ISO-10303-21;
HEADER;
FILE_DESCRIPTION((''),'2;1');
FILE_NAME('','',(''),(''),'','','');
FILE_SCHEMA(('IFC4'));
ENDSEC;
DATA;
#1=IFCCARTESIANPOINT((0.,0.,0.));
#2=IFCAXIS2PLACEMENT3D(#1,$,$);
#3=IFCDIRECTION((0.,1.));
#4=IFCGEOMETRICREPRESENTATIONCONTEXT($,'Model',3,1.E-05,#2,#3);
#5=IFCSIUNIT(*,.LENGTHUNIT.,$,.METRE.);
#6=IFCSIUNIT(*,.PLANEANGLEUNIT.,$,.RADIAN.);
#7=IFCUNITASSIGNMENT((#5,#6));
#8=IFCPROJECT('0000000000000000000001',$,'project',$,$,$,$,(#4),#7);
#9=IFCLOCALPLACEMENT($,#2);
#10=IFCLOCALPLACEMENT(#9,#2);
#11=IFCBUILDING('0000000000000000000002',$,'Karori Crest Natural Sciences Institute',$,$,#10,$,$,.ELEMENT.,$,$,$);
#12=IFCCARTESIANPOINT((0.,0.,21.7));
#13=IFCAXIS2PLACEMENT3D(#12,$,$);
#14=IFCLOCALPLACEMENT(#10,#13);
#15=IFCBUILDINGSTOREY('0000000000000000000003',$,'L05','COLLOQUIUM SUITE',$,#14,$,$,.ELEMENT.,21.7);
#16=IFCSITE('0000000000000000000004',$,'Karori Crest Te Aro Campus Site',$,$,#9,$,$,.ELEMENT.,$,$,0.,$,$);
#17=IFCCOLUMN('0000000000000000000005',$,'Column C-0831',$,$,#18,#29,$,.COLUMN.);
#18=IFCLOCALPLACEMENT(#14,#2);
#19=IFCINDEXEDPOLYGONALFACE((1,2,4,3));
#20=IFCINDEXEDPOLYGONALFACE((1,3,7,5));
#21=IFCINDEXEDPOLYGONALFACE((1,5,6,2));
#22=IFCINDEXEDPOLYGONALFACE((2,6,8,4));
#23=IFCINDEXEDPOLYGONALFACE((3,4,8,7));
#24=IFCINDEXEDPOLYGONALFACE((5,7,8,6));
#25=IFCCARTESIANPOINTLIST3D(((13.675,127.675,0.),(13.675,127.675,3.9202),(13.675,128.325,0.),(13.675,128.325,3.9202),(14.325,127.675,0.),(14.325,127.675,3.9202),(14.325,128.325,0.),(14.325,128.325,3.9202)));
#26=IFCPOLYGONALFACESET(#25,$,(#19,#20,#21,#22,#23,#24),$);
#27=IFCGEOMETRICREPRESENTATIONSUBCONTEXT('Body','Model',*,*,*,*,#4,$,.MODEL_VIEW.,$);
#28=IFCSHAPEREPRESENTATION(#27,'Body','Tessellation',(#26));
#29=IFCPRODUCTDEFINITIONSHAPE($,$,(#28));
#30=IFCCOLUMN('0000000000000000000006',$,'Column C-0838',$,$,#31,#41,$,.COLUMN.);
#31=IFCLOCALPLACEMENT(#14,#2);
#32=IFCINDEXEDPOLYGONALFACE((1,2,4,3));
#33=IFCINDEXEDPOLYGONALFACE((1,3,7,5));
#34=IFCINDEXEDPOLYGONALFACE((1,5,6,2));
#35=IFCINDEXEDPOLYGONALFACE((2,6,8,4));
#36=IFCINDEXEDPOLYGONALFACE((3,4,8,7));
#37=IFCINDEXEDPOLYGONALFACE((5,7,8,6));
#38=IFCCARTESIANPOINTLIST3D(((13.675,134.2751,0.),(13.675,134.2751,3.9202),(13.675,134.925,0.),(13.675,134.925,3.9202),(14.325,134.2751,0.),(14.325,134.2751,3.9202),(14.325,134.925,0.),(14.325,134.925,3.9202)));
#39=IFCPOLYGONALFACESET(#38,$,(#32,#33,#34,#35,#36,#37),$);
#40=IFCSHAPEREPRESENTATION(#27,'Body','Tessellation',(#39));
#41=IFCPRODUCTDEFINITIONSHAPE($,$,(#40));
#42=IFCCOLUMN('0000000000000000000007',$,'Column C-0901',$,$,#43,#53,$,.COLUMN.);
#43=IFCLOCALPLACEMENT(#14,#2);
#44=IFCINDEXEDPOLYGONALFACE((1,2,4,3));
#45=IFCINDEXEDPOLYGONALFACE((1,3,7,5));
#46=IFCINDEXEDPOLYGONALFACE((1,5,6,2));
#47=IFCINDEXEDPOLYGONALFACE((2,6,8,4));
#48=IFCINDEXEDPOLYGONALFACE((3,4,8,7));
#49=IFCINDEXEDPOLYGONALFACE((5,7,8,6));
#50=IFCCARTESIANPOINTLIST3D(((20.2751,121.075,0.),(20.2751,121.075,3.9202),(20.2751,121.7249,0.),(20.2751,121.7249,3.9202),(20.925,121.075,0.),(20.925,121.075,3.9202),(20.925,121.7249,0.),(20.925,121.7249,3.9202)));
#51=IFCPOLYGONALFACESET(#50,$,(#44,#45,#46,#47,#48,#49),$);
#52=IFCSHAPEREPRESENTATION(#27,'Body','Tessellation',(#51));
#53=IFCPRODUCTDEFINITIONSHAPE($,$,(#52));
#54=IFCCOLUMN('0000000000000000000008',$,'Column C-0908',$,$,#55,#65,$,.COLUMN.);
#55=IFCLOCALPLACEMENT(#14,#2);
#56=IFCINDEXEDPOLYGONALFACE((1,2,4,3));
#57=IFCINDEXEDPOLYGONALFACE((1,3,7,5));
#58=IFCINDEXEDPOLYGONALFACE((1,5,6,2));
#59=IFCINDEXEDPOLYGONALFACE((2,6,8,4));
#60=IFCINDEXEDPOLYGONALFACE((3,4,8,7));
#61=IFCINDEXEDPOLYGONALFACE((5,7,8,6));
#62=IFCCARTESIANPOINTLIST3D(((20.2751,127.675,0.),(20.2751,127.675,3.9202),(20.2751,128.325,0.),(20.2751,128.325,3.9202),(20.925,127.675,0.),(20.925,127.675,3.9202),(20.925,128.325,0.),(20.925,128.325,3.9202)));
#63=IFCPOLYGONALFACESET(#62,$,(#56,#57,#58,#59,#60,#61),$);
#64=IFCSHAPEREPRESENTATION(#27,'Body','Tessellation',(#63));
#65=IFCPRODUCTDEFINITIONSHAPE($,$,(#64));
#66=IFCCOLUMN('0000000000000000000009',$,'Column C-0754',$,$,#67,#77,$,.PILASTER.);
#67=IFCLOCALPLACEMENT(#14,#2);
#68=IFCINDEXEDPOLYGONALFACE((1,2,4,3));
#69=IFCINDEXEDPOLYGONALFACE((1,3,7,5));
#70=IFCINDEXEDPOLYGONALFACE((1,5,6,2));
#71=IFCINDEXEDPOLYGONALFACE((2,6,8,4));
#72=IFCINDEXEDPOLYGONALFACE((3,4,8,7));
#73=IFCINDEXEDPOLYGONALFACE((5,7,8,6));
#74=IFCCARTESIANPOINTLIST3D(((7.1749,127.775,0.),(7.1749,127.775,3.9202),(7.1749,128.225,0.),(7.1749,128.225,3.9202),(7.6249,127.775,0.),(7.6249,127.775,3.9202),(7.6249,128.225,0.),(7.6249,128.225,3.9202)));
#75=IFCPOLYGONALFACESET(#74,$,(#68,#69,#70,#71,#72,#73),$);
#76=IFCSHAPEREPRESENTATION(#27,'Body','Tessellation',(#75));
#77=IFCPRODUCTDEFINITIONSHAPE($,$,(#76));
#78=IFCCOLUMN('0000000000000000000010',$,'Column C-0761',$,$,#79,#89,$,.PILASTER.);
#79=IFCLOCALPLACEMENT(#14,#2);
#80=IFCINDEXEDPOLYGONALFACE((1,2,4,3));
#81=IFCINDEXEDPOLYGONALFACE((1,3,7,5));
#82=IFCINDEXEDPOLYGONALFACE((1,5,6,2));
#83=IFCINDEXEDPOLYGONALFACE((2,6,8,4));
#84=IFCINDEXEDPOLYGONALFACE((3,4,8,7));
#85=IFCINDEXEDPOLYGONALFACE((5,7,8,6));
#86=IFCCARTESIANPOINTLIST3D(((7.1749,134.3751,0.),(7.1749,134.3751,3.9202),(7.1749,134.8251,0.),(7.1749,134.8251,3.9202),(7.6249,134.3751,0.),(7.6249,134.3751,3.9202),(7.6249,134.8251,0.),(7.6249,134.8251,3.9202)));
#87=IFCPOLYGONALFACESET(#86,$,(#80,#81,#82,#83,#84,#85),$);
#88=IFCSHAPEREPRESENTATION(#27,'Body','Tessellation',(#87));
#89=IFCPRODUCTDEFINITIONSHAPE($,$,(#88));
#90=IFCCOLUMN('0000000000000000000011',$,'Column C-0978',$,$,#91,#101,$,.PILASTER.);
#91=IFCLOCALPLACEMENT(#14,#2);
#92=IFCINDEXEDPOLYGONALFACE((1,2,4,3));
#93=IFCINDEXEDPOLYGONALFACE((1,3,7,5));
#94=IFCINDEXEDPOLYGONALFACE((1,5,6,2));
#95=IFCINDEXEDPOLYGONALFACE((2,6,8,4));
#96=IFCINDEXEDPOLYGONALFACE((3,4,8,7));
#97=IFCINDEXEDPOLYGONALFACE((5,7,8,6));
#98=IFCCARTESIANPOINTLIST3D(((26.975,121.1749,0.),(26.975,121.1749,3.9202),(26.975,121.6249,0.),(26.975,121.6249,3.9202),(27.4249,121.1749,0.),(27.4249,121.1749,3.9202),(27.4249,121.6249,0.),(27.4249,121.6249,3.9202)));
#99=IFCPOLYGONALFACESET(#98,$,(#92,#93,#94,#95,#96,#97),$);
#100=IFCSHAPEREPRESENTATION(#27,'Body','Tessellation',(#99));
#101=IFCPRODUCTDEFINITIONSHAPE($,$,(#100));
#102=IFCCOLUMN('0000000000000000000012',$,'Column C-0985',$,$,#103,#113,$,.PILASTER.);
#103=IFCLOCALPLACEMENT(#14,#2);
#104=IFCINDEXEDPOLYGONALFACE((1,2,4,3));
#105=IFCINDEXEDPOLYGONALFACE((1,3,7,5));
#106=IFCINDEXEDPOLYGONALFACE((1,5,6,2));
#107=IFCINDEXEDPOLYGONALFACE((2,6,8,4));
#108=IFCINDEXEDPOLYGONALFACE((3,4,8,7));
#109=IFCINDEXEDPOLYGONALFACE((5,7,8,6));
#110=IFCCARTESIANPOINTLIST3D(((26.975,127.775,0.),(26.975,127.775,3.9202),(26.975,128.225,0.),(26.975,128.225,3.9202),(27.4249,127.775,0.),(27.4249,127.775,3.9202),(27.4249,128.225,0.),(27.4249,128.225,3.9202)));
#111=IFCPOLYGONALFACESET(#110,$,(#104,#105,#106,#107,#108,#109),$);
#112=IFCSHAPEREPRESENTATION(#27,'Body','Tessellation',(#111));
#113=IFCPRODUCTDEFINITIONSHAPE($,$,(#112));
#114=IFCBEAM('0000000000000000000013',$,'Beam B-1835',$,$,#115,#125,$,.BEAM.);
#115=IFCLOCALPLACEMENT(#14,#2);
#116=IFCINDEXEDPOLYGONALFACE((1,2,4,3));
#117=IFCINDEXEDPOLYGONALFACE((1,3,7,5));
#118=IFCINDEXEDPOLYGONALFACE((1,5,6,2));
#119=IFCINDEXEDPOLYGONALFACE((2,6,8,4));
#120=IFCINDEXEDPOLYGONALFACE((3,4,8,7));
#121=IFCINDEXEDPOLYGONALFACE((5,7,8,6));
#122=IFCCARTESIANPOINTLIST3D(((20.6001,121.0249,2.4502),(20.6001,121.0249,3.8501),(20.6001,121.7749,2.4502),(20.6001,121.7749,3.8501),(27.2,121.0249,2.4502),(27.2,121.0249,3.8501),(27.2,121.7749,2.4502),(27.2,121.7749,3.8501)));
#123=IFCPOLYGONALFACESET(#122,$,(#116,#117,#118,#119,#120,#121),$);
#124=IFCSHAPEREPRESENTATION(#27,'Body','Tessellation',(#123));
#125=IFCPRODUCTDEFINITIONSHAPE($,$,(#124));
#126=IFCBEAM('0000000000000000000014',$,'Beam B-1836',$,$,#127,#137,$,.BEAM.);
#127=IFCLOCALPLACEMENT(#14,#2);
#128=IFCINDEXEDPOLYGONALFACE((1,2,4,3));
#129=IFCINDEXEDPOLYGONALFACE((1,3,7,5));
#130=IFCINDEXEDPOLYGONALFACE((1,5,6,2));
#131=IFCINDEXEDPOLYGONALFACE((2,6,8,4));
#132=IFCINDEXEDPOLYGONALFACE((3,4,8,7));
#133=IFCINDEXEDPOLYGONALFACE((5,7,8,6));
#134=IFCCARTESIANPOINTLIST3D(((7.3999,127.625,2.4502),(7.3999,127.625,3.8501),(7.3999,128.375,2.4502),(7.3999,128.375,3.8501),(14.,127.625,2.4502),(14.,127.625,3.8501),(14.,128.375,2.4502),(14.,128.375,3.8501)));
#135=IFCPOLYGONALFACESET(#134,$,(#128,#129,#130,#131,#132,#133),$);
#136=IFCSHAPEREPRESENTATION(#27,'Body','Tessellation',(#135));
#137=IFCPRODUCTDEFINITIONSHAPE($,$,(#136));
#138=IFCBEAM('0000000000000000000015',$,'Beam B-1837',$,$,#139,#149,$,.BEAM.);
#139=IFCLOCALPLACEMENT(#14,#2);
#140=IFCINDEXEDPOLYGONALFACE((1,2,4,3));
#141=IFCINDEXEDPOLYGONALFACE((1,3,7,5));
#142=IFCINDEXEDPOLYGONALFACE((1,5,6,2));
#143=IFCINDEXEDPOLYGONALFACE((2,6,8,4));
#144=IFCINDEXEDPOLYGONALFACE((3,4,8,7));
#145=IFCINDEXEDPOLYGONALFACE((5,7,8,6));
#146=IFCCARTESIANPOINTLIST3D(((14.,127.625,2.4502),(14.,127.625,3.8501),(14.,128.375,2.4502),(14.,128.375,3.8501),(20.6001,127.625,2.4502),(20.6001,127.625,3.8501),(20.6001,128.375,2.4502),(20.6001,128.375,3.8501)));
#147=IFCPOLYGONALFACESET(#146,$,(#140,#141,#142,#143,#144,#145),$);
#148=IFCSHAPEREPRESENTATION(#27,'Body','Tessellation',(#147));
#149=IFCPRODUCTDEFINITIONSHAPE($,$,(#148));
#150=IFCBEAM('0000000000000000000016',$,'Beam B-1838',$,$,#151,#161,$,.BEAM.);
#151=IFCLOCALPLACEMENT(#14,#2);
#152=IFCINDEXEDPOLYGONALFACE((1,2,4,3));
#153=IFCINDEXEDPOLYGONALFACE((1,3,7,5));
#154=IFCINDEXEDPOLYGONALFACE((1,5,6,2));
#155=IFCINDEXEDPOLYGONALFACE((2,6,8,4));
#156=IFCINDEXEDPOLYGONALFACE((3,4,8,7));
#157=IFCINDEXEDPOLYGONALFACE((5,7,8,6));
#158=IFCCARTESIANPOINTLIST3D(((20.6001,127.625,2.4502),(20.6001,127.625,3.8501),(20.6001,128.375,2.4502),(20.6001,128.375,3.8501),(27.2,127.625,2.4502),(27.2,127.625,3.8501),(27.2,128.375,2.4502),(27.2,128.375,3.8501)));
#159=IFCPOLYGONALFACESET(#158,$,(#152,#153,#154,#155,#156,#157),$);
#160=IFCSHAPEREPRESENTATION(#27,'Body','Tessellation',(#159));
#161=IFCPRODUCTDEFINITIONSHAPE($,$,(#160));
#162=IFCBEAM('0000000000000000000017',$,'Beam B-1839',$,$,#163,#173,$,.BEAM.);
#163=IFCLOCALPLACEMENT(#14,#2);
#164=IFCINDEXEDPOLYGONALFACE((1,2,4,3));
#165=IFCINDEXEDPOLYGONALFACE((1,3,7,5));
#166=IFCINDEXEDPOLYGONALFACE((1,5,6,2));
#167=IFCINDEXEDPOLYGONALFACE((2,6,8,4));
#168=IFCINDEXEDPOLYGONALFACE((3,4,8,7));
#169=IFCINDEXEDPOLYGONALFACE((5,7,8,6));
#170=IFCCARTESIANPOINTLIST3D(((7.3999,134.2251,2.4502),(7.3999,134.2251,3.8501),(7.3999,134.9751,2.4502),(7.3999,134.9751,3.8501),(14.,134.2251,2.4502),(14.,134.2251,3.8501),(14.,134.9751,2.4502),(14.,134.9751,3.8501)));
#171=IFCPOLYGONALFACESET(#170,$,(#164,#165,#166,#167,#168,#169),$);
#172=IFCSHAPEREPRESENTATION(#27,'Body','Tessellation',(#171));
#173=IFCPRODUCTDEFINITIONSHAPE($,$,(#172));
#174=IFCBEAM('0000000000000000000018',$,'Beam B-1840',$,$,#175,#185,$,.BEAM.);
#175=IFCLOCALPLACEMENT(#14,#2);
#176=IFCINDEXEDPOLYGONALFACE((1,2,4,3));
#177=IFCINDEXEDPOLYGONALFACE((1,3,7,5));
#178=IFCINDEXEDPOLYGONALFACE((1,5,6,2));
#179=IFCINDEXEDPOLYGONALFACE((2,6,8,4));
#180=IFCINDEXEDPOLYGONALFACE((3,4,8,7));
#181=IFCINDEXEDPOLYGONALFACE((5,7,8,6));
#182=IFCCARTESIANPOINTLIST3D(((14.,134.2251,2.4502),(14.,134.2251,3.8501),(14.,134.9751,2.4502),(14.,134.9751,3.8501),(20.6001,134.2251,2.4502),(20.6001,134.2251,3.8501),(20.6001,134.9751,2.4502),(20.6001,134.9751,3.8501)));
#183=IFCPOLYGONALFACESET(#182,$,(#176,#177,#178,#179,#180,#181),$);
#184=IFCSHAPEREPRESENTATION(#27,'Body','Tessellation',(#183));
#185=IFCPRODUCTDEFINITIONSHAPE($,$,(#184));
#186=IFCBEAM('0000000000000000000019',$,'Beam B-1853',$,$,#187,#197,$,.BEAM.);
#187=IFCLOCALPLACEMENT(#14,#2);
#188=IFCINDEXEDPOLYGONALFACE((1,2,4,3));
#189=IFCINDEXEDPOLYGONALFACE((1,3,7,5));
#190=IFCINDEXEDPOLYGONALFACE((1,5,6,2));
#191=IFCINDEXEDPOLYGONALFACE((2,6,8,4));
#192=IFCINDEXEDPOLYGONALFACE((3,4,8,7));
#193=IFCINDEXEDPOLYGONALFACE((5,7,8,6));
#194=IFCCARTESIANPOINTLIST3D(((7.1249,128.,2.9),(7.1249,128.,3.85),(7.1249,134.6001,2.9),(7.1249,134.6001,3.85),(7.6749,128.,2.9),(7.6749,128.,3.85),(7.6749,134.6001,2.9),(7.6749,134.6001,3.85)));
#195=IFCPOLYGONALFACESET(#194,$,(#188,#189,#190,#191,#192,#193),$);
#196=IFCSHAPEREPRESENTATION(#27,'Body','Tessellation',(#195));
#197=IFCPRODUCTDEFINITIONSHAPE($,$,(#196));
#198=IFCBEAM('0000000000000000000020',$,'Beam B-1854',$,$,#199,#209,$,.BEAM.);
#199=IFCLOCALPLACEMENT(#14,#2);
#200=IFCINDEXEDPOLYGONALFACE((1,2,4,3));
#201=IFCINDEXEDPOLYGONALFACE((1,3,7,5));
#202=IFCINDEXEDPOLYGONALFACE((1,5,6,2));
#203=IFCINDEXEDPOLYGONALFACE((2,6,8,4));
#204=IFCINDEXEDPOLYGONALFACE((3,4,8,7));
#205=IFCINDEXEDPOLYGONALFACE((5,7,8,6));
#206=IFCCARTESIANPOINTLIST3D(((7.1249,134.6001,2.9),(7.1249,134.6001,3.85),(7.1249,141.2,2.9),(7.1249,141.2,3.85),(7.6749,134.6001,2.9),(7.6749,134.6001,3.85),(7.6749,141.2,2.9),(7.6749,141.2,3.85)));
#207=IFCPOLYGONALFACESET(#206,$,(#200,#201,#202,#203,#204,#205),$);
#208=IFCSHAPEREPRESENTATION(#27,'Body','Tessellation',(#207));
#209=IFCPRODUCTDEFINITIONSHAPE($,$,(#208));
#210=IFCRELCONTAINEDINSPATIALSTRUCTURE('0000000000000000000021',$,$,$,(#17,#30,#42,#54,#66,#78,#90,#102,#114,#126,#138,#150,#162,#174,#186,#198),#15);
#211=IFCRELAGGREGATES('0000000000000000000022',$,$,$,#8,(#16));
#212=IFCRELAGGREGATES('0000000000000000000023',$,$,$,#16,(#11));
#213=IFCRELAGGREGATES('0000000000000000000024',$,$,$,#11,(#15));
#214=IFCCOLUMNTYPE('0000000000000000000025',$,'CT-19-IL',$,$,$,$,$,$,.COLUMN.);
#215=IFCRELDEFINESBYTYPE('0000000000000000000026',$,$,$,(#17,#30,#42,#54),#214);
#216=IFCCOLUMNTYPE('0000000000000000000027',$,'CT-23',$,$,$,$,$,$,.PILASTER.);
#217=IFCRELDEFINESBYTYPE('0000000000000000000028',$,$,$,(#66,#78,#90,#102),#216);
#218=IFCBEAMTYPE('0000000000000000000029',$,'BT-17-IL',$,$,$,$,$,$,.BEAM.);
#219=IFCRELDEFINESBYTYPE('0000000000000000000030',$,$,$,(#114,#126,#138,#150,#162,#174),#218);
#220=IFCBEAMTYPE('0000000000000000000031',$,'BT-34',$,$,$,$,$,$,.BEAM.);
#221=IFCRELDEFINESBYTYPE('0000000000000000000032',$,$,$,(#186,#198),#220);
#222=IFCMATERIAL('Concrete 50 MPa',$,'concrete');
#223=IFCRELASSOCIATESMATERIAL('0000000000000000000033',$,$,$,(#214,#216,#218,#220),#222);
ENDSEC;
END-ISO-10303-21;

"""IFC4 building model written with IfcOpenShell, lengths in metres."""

from ifc_helpers import new_model, si_unit, direction, frame, origin, origin_2d, place, context, subcontext, project, spatial, rectangle, extrude, material, material_profile, profile_set, type_object, element, save


model = new_model("IFC4")

# Units and contexts
model_context = context("Model", 3, precision=1e-05, world=origin(), true_north=direction((0.0, 1.0)))
body_context = subcontext(model_context, "Body", "Model", "MODEL_VIEW")
ifc_project = project(units=[si_unit("LENGTHUNIT", "METRE"), si_unit("PLANEANGLEUNIT", "RADIAN")], contexts=[model_context])

# Site, building, storey
site_placement = place(None, origin())
site = spatial("IfcSite", under=ifc_project, at=site_placement, Name="Karori Crest Te Aro Campus Site", CompositionType="ELEMENT", RefElevation=0.0)
building_placement = place(site_placement, origin())
building = spatial("IfcBuilding", under=site, at=building_placement, Name="Karori Crest Natural Sciences Institute", CompositionType="ELEMENT")
storey_placement = place(building_placement, frame((0.0, 0.0, 21.7)))
storey = spatial("IfcBuildingStorey", under=building, at=storey_placement, Name="L05", Description="COLLOQUIUM SUITE", CompositionType="ELEMENT", Elevation=21.7)

# Columns
ifc_material_1 = material(Name="Concrete 50 MPa", Category="concrete")
ifc_material_profile_1 = material_profile(ifc_material_1, rectangle(XDim=0.6499, YDim=0.6499, at=origin_2d()), Name="RC650x650")
ifc_profile_set_1 = profile_set([ifc_material_profile_1], Name="Concrete 50 MPa")
column_type_1 = type_object("IfcColumnType", Name="CT-19-IL", PredefinedType="COLUMN", material=ifc_profile_set_1)
for number, where, z_axis, x_axis, name in (
    (1, (14.0, 128.0, 0.0), (0.0, 0.0, 1.0), (1.0, 0.0, 0.0), "Column C-0831"),
    (2, (14.0, 134.6001, 0.0), (0.0, 0.0, 1.0), (1.0, 0.0, 0.0), "Column C-0838"),
    (3, (20.6001, 121.3999, 0.0), (0.0, 0.0, 1.0), (1.0, 0.0, 0.0), "Column C-0901"),
    (4, (20.6001, 128.0, 0.0), (0.0, 0.0, 1.0), (1.0, 0.0, 0.0), "Column C-0908"),
):
    element("IfcColumn", number, at=place(storey_placement, frame(where, z_axis=z_axis, x_axis=x_axis)), inside=storey, type_object=column_type_1, Name=name, PredefinedType="COLUMN", context=body_context, shape_type="SweptSolid", body=[
        extrude(rectangle(XDim=0.6499, YDim=0.6499, at=origin_2d()), origin(), (0.0, 0.0, 1.0), 3.9202),
    ])
ifc_material_profile_2 = material_profile(ifc_material_1, rectangle(XDim=0.45, YDim=0.45, at=origin_2d()), Name="RC450x450")
ifc_profile_set_2 = profile_set([ifc_material_profile_2], Name="Concrete 50 MPa")
column_type_2 = type_object("IfcColumnType", Name="CT-23", PredefinedType="PILASTER", material=ifc_profile_set_2)
for number, where, z_axis, x_axis, name in (
    (5, (7.3999, 128.0, 0.0), (0.0, 0.0, 1.0), (1.0, 0.0, 0.0), "Column C-0754"),
    (6, (7.3999, 134.6001, 0.0), (0.0, 0.0, 1.0), (1.0, 0.0, 0.0), "Column C-0761"),
    (7, (27.2, 121.3999, 0.0), (0.0, 0.0, 1.0), (1.0, 0.0, 0.0), "Column C-0978"),
    (8, (27.2, 128.0, 0.0), (0.0, 0.0, 1.0), (1.0, 0.0, 0.0), "Column C-0985"),
):
    element("IfcColumn", number, at=place(storey_placement, frame(where, z_axis=z_axis, x_axis=x_axis)), inside=storey, type_object=column_type_2, Name=name, PredefinedType="PILASTER", context=body_context, shape_type="SweptSolid", body=[
        extrude(rectangle(XDim=0.45, YDim=0.45, at=origin_2d()), origin(), (0.0, 0.0, 1.0), 3.9202),
    ])

# Beams
ifc_material_profile_3 = material_profile(ifc_material_1, rectangle(XDim=0.75, YDim=1.3999, at=origin_2d()), Name="RCB750x1400")
ifc_profile_set_3 = profile_set([ifc_material_profile_3], Name="Concrete 50 MPa")
beam_type_1 = type_object("IfcBeamType", Name="BT-17-IL", PredefinedType="BEAM", material=ifc_profile_set_3)
beam_1_placement = place(storey_placement, frame((20.6001, 121.3999, 3.1501), z_axis=(1.0, 0.0, 0.0), x_axis=(0.0, 1.0, 0.0)))
element("IfcBeam", 9, at=beam_1_placement, inside=storey, type_object=beam_type_1, Name="Beam B-1835", PredefinedType="BEAM", context=body_context, shape_type="SweptSolid", body=[
    extrude(rectangle(XDim=0.75, YDim=1.3999, at=origin_2d()), origin(), (0.0, 0.0, 1.0), 6.5999),
])
for number, where, z_axis, x_axis, name in (
    (10, (7.3999, 128.0, 3.1501), (1.0, 0.0, 0.0), (0.0, 1.0, 0.0), "Beam B-1836"),
    (11, (14.0, 128.0, 3.1501), (1.0, 0.0, 0.0), (0.0, 1.0, 0.0), "Beam B-1837"),
):
    element("IfcBeam", number, at=place(storey_placement, frame(where, z_axis=z_axis, x_axis=x_axis)), inside=storey, type_object=beam_type_1, Name=name, PredefinedType="BEAM", context=body_context, shape_type="SweptSolid", body=[
        extrude(rectangle(XDim=0.75, YDim=1.3999, at=origin_2d()), origin(), (0.0, 0.0, 1.0), 6.6001),
    ])
beam_2_placement = place(storey_placement, frame((20.6001, 128.0, 3.1501), z_axis=(1.0, 0.0, 0.0), x_axis=(0.0, 1.0, 0.0)))
element("IfcBeam", 12, at=beam_2_placement, inside=storey, type_object=beam_type_1, Name="Beam B-1838", PredefinedType="BEAM", context=body_context, shape_type="SweptSolid", body=[
    extrude(rectangle(XDim=0.75, YDim=1.3999, at=origin_2d()), origin(), (0.0, 0.0, 1.0), 6.5999),
])
for number, where, z_axis, x_axis, name in (
    (13, (7.3999, 134.6001, 3.1501), (1.0, 0.0, 0.0), (0.0, 1.0, 0.0), "Beam B-1839"),
    (14, (14.0, 134.6001, 3.1501), (1.0, 0.0, 0.0), (0.0, 1.0, 0.0), "Beam B-1840"),
):
    element("IfcBeam", number, at=place(storey_placement, frame(where, z_axis=z_axis, x_axis=x_axis)), inside=storey, type_object=beam_type_1, Name=name, PredefinedType="BEAM", context=body_context, shape_type="SweptSolid", body=[
        extrude(rectangle(XDim=0.75, YDim=1.3999, at=origin_2d()), origin(), (0.0, 0.0, 1.0), 6.6001),
    ])
ifc_material_profile_4 = material_profile(ifc_material_1, rectangle(XDim=0.55, YDim=0.95, at=origin_2d()), Name="RCB550x950")
ifc_profile_set_4 = profile_set([ifc_material_profile_4], Name="Concrete 50 MPa")
beam_type_2 = type_object("IfcBeamType", Name="BT-34", PredefinedType="BEAM", material=ifc_profile_set_4)
beam_3_placement = place(storey_placement, frame((7.3999, 128.0, 3.375), z_axis=(0.0, 1.0, 0.0), x_axis=(-1.0, 0.0, 0.0)))
element("IfcBeam", 15, at=beam_3_placement, inside=storey, type_object=beam_type_2, Name="Beam B-1853", PredefinedType="BEAM", context=body_context, shape_type="SweptSolid", body=[
    extrude(rectangle(XDim=0.55, YDim=0.95, at=origin_2d()), origin(), (0.0, 0.0, 1.0), 6.6001),
])
beam_4_placement = place(storey_placement, frame((7.3999, 134.6001, 3.375), z_axis=(0.0, 1.0, 0.0), x_axis=(-1.0, 0.0, 0.0)))
element("IfcBeam", 16, at=beam_4_placement, inside=storey, type_object=beam_type_2, Name="Beam B-1854", PredefinedType="BEAM", context=body_context, shape_type="SweptSolid", body=[
    extrude(rectangle(XDim=0.55, YDim=0.95, at=origin_2d()), origin(), (0.0, 0.0, 1.0), 6.5999),
])

save(model, "model.ifc")
